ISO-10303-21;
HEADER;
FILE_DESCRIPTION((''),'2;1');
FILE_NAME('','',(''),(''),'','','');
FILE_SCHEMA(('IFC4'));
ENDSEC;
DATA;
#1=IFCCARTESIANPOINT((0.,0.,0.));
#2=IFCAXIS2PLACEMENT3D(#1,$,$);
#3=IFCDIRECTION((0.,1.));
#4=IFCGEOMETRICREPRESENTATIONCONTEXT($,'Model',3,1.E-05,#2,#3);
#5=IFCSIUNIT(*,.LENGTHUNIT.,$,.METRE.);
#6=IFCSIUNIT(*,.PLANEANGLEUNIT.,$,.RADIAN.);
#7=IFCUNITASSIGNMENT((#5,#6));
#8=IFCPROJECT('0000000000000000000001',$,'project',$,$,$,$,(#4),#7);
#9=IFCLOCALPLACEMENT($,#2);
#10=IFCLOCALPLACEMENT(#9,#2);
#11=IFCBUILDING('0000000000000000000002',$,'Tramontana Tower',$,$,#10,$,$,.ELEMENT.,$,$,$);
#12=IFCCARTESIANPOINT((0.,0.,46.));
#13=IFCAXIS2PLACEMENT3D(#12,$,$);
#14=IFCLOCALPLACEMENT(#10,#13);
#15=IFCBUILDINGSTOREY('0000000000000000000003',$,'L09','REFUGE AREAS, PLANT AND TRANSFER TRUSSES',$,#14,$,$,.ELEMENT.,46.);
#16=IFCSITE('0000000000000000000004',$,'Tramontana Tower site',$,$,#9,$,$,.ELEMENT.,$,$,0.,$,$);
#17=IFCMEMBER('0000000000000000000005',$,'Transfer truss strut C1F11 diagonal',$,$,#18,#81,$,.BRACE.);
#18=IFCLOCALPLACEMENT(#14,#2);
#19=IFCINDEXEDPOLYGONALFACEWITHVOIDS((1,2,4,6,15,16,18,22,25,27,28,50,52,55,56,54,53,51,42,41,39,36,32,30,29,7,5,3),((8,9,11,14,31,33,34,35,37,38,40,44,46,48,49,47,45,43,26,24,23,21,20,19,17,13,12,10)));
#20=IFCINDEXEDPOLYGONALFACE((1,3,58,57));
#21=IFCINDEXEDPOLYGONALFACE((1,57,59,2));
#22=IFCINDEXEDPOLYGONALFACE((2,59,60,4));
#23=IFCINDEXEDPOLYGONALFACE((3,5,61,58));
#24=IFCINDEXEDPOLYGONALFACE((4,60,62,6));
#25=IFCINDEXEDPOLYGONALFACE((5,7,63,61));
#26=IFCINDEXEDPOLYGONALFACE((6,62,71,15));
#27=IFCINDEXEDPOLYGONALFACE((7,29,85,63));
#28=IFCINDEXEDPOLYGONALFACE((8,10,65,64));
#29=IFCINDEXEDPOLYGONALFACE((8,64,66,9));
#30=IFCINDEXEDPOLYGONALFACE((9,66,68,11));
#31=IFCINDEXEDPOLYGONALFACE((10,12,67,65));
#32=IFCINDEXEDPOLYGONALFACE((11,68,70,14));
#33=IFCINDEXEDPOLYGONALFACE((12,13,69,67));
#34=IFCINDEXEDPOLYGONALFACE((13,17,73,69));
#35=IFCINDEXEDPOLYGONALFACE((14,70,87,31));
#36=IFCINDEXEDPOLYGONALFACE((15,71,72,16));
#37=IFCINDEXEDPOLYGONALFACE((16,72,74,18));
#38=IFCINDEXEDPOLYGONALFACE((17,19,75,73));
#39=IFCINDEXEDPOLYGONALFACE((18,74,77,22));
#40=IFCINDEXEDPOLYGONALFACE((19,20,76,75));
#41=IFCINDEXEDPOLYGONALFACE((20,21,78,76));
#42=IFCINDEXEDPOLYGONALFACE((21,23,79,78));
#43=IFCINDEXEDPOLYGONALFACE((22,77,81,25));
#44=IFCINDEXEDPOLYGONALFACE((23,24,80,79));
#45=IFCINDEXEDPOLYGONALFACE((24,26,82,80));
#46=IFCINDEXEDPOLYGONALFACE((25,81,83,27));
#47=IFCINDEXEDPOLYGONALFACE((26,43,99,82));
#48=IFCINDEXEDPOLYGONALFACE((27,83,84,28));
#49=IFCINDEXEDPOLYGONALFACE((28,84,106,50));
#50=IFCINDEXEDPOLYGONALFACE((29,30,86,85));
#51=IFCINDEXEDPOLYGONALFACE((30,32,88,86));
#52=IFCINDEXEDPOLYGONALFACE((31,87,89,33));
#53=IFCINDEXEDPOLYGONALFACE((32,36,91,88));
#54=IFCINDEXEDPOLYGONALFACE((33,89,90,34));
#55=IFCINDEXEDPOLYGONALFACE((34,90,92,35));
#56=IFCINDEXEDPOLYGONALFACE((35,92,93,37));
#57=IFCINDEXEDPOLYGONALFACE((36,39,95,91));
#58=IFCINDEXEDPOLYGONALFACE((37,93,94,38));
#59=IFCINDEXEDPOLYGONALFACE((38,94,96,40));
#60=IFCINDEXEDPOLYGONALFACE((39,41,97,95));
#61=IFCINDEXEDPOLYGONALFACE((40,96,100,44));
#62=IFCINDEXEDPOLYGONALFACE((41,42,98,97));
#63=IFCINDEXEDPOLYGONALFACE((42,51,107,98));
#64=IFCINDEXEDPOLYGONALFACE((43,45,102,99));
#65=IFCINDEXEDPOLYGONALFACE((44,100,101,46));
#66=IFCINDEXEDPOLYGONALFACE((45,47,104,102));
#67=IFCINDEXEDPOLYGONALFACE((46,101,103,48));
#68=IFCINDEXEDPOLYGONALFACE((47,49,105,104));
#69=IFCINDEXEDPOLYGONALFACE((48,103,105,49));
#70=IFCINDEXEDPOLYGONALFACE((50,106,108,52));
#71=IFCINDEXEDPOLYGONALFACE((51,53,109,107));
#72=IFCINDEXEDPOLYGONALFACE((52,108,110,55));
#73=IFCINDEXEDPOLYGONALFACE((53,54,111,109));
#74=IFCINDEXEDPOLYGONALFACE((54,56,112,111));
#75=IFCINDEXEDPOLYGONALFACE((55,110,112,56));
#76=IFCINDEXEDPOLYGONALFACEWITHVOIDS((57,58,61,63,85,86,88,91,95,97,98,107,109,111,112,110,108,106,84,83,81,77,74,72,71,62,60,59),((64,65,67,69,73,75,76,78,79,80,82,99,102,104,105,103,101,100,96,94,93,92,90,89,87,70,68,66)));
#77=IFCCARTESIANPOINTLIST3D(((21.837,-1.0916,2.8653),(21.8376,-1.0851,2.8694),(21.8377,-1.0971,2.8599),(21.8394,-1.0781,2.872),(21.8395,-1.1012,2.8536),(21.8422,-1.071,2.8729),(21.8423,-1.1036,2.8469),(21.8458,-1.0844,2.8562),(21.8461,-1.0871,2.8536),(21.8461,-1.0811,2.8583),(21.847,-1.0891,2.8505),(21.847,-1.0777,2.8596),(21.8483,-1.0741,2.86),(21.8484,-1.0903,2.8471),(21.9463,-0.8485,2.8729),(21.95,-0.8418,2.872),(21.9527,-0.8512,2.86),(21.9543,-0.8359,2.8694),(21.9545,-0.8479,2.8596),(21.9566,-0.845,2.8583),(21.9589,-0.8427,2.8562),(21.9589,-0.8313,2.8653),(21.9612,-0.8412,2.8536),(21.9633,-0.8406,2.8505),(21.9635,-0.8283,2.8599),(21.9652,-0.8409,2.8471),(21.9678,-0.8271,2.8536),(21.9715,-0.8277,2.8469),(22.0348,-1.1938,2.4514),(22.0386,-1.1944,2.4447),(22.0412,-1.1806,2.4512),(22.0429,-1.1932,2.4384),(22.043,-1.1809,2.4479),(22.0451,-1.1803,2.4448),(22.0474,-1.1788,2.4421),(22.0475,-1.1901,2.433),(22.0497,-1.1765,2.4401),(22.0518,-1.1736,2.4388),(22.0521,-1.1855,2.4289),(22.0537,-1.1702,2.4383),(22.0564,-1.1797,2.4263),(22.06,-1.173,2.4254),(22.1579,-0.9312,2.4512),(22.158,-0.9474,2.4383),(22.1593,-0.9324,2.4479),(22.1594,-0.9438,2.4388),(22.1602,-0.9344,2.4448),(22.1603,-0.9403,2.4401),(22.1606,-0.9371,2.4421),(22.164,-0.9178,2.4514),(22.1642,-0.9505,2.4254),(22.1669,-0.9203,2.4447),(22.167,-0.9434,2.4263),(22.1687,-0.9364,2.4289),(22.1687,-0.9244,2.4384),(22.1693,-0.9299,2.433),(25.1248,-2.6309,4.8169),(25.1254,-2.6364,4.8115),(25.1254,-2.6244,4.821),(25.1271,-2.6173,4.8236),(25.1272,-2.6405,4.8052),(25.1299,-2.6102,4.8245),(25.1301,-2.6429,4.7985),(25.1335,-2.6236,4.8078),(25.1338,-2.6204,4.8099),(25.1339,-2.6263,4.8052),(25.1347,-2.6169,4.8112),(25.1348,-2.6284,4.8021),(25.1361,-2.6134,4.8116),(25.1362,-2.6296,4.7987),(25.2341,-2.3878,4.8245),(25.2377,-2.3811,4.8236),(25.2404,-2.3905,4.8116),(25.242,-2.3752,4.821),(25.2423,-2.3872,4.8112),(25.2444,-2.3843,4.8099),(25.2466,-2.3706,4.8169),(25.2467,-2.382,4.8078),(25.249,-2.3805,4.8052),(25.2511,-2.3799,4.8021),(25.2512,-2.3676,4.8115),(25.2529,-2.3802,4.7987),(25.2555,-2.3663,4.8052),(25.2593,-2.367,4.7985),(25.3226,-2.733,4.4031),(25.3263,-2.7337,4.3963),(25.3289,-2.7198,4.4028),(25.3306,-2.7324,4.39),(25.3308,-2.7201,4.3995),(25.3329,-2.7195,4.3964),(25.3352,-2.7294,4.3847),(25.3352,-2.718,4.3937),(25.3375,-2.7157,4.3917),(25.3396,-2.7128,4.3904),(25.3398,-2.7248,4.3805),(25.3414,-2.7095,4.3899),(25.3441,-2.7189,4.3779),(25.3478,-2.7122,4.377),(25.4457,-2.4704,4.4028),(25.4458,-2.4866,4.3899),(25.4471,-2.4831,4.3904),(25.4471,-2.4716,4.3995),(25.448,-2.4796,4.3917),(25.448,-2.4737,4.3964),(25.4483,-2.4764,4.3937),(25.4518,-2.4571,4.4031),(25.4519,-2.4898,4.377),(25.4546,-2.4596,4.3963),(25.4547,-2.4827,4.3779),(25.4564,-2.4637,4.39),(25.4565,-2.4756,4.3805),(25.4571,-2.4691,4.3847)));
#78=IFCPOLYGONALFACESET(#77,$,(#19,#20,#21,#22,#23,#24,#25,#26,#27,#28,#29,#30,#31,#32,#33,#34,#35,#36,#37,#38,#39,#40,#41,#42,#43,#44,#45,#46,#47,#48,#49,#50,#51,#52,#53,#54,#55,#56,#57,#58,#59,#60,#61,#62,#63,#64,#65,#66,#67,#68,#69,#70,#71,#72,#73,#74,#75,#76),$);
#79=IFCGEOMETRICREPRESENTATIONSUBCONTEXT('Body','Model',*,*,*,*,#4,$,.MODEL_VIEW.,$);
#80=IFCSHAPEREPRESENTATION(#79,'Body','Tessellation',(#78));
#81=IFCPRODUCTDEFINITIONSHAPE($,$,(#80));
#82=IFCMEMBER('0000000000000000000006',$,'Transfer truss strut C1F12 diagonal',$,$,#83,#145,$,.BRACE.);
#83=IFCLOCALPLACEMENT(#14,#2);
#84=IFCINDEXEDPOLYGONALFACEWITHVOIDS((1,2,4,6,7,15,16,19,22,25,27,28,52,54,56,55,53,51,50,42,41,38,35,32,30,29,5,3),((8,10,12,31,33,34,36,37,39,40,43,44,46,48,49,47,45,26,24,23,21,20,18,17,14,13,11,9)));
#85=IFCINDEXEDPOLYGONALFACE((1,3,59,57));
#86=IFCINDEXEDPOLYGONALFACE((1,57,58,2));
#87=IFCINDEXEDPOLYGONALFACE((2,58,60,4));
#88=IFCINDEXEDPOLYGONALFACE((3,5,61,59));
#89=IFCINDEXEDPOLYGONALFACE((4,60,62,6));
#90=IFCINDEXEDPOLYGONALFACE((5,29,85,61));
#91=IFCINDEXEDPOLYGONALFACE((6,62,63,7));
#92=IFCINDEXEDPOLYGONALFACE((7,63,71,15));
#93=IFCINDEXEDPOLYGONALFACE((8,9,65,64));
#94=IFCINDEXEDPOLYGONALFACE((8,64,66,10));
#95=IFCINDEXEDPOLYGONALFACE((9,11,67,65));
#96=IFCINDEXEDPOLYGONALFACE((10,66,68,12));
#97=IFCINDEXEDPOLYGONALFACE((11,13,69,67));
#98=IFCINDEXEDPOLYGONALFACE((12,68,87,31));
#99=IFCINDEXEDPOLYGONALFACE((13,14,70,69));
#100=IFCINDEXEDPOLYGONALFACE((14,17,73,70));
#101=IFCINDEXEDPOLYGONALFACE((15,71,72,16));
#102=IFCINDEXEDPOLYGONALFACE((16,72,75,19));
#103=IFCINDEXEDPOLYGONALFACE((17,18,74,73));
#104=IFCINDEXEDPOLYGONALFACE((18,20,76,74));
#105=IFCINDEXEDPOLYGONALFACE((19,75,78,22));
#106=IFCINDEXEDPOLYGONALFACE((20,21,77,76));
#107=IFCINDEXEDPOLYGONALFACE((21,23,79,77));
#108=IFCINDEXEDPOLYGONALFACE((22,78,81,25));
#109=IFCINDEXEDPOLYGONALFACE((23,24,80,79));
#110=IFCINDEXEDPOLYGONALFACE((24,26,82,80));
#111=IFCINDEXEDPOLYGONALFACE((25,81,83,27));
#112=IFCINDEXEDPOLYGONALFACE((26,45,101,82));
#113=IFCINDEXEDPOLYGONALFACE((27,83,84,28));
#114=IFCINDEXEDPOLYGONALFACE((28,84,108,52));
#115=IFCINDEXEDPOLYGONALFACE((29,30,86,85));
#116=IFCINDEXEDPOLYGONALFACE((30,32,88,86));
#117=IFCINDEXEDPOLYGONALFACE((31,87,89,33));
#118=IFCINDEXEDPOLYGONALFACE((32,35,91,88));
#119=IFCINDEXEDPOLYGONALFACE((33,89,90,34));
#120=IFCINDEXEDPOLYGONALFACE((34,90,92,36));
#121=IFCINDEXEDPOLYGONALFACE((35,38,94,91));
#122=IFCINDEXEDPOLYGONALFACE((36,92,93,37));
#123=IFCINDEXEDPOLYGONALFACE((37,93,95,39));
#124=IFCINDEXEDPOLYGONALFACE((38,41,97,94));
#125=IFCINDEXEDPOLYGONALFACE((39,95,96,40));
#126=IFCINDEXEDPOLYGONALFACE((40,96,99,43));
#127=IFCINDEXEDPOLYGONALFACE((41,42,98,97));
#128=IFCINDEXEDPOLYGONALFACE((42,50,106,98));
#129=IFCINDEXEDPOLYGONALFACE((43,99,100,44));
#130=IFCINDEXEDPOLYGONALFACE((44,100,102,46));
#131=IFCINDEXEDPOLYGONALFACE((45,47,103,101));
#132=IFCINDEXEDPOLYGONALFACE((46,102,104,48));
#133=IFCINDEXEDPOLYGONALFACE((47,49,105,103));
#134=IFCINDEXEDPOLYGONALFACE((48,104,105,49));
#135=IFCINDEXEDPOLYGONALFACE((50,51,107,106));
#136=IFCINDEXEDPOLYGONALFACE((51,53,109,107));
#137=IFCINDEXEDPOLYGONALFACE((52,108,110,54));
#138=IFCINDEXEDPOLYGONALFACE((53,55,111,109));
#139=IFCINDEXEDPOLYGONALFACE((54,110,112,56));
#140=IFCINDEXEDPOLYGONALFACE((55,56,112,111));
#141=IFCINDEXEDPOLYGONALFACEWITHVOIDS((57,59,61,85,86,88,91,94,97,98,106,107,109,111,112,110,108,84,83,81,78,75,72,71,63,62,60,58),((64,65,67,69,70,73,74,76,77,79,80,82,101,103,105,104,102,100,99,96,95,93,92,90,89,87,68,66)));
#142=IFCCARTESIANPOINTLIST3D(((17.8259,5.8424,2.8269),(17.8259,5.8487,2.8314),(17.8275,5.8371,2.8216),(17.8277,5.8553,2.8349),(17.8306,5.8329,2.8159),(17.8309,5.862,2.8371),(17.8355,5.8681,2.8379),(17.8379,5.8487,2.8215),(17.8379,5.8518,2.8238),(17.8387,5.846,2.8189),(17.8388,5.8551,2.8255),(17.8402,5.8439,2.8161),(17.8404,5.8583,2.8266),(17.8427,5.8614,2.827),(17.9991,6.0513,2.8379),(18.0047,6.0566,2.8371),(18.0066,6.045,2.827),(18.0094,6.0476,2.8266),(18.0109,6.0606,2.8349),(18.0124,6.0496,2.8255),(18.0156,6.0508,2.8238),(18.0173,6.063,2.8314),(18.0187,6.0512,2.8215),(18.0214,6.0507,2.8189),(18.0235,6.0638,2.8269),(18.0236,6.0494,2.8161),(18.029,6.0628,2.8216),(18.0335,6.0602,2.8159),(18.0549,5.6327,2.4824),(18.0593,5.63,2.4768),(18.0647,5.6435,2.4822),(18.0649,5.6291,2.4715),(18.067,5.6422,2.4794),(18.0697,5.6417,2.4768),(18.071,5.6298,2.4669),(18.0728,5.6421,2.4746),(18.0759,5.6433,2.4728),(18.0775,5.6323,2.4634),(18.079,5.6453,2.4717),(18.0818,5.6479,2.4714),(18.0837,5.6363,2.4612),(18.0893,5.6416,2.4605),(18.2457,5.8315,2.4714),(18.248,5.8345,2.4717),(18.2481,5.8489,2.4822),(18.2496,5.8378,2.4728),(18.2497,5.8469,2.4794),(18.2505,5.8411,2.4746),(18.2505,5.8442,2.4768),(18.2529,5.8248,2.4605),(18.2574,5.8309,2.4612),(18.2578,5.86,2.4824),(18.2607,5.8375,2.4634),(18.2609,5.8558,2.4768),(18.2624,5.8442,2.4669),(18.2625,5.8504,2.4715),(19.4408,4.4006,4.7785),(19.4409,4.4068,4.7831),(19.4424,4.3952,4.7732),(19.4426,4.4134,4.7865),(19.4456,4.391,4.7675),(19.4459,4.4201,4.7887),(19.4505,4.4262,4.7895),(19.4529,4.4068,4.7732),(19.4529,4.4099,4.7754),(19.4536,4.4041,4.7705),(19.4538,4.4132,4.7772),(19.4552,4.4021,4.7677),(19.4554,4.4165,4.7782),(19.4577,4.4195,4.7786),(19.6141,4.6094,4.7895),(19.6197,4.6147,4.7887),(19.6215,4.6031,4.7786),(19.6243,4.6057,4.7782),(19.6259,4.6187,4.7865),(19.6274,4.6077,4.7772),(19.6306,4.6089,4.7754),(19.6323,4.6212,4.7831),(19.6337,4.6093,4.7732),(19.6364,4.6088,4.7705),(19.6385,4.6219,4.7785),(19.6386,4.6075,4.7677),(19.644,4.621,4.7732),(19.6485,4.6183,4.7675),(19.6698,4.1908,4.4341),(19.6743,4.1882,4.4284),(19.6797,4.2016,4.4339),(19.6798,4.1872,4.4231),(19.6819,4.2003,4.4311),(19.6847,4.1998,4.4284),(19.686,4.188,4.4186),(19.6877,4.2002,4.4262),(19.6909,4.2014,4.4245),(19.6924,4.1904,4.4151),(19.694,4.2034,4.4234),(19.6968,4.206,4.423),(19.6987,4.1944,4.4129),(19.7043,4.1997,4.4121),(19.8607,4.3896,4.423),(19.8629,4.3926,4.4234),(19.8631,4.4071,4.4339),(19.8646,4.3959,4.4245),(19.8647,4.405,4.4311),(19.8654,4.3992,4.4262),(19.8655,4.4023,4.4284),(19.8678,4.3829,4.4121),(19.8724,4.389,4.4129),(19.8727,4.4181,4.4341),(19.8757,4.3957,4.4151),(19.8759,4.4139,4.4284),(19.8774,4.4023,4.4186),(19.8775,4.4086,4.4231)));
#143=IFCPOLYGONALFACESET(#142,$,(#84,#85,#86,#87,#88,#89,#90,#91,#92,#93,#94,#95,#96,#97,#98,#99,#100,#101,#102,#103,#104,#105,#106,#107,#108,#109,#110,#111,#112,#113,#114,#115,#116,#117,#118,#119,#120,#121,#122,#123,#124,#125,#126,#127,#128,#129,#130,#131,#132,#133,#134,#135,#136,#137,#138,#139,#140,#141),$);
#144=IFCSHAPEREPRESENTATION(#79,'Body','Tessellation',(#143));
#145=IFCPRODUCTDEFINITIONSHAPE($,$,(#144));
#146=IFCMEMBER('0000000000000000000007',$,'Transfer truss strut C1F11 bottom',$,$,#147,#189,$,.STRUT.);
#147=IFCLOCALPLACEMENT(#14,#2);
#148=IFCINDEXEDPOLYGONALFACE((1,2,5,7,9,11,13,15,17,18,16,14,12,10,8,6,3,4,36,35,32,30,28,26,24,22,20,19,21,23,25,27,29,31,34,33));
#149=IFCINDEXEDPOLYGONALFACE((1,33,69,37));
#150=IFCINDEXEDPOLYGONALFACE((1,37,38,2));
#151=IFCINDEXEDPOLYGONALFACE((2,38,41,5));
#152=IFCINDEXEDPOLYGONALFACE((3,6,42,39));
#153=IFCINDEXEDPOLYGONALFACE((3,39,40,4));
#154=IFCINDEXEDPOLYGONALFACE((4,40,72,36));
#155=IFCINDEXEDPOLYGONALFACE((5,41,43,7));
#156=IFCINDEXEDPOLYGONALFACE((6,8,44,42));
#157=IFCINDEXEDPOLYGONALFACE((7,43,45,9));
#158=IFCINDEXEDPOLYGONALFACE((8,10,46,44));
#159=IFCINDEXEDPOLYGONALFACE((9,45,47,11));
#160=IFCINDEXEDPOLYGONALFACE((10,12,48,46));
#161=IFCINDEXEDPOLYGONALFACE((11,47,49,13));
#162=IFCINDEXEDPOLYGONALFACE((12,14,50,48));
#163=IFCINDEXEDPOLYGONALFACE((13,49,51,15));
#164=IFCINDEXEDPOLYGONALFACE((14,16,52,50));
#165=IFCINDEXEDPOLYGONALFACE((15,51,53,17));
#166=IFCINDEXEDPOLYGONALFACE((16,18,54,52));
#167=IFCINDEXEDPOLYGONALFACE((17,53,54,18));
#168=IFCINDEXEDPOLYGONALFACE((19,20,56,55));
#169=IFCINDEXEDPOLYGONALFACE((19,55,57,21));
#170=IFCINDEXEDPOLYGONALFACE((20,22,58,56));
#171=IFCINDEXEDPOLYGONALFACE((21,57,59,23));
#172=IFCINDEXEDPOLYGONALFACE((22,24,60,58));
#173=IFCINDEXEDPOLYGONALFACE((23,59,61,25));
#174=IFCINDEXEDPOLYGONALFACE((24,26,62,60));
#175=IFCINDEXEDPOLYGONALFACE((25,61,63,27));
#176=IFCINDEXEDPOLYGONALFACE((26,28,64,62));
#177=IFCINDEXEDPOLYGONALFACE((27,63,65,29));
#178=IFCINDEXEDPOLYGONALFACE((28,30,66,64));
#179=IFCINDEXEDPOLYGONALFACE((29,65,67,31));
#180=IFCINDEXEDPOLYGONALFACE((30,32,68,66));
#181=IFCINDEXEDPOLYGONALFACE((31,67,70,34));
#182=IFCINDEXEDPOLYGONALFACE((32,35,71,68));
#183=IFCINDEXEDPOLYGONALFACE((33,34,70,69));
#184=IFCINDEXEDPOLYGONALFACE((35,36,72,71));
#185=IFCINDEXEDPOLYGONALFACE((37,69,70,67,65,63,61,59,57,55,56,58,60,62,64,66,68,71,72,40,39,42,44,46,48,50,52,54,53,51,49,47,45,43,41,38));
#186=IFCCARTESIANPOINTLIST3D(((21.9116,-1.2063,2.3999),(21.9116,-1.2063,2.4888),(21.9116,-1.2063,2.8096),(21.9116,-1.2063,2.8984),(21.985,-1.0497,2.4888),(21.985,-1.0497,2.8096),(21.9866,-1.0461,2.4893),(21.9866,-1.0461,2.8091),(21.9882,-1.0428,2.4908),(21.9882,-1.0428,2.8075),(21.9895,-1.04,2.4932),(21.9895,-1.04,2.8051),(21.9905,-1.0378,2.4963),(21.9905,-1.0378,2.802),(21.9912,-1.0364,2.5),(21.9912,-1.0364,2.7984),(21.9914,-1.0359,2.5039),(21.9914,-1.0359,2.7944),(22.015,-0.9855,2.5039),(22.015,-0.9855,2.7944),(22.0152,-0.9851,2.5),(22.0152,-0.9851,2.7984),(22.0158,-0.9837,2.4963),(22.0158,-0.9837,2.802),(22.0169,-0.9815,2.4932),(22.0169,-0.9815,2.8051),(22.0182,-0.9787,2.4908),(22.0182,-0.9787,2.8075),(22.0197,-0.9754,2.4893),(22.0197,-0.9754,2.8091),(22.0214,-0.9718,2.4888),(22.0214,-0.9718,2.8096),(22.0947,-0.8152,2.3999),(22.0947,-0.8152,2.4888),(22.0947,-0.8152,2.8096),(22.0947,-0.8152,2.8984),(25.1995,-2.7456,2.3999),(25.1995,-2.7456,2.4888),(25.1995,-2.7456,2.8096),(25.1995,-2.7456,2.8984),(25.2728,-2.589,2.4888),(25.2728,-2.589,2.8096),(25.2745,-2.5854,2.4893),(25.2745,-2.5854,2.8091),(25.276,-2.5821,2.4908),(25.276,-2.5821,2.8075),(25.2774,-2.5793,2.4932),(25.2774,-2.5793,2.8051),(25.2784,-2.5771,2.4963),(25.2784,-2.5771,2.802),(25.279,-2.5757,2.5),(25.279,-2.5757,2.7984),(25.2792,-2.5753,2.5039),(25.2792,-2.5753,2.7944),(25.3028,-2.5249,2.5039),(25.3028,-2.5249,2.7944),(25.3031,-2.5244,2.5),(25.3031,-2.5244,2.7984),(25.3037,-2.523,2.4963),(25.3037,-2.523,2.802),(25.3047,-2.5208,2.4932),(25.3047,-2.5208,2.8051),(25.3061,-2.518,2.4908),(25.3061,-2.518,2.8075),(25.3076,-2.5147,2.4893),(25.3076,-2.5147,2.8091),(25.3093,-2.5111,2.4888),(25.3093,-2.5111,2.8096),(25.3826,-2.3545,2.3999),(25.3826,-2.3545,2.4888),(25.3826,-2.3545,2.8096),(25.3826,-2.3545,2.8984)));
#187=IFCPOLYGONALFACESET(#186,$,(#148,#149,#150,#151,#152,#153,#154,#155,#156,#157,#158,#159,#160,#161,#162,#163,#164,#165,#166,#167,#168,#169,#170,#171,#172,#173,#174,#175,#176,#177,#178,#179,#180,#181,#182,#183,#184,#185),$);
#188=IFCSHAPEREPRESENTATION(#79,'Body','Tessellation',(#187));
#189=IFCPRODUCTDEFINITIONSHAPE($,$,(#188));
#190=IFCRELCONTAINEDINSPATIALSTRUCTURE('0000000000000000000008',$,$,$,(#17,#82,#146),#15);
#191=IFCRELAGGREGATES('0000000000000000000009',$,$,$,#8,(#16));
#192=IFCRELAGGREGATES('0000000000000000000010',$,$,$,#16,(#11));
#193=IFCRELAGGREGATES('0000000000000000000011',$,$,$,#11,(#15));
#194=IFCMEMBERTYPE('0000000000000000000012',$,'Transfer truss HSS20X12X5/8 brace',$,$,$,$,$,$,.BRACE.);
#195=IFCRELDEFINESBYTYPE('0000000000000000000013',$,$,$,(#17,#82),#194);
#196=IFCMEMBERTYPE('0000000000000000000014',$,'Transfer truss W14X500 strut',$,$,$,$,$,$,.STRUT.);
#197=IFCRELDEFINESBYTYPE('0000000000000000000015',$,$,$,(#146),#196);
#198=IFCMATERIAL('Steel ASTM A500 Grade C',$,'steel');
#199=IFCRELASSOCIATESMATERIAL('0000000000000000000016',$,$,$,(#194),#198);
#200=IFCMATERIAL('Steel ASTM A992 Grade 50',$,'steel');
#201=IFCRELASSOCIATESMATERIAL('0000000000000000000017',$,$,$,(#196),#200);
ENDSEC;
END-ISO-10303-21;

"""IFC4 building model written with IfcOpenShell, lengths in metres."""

from ifc_helpers import new_model, si_unit, direction, frame, origin, origin_2d, place, context, subcontext, project, spatial, hollow_rectangle, i_section, extrude, material, material_profile, profile_set, type_object, element, save


model = new_model("IFC4")

# Units and contexts
model_context = context("Model", 3, precision=1e-05, world=origin(), true_north=direction((0.0, 1.0)))
body_context = subcontext(model_context, "Body", "Model", "MODEL_VIEW")
ifc_project = project(units=[si_unit("LENGTHUNIT", "METRE"), si_unit("PLANEANGLEUNIT", "RADIAN")], contexts=[model_context])

# Site, building, storey
site_placement = place(None, origin())
site = spatial("IfcSite", under=ifc_project, at=site_placement, Name="Tramontana Tower site", CompositionType="ELEMENT", RefElevation=0.0)
building_placement = place(site_placement, origin())
building = spatial("IfcBuilding", under=site, at=building_placement, Name="Tramontana Tower", CompositionType="ELEMENT")
storey_placement = place(building_placement, frame((0.0, 0.0, 46.0)))
storey = spatial("IfcBuildingStorey", under=building, at=storey_placement, Name="L09", Description="REFUGE AREAS, PLANT AND TRANSFER TRUSSES", CompositionType="ELEMENT", Elevation=46.0)

# Members
ifc_material_1 = material(Name="Steel ASTM A500 Grade C", Category="steel")
ifc_material_profile_1 = material_profile(ifc_material_1, hollow_rectangle(XDim=0.3047, YDim=0.5081, WallThickness=0.0146, InnerFilletRadius=0.0146, OuterFilletRadius=0.0295, at=origin_2d()), Name="HSS20X12X5/8")
ifc_profile_set_1 = profile_set([ifc_material_profile_1], Name="Steel ASTM A500 Grade C")
member_type_1 = type_object("IfcMemberType", Name="Transfer truss HSS20X12X5/8 brace", PredefinedType="BRACE", material=ifc_profile_set_1)
member_1_placement = place(storey_placement, frame((22.0032, -1.0107, 2.6492), z_axis=(0.797692, -0.373465, 0.473509), x_axis=(0.424012, 0.905657, 0.0)))
element("IfcMember", 1, at=member_1_placement, inside=storey, type_object=member_type_1, Name="Transfer truss strut C1F11 diagonal", PredefinedType="BRACE", context=body_context, shape_type="SweptSolid", body=[
    extrude(hollow_rectangle(XDim=0.3047, YDim=0.5081, WallThickness=0.0146, InnerFilletRadius=0.0146, OuterFilletRadius=0.0295, at=origin_2d()), origin(), (0.0, 0.0, 1.0), 4.1216),
])
member_2_placement = place(storey_placement, frame((18.0442, 5.8464, 2.6492), z_axis=(0.55406, -0.494675, 0.669562), x_axis=(0.666, 0.745952, 0.0)))
element("IfcMember", 2, at=member_2_placement, inside=storey, type_object=member_type_1, Name="Transfer truss strut C1F12 diagonal", PredefinedType="BRACE", context=body_context, shape_type="SweptSolid", body=[
    extrude(hollow_rectangle(XDim=0.3047, YDim=0.5081, WallThickness=0.0146, InnerFilletRadius=0.0146, OuterFilletRadius=0.0295, at=origin_2d()), origin(), (0.0, 0.0, 1.0), 2.9148),
])
ifc_material_2 = material(Name="Steel ASTM A992 Grade 50", Category="steel")
ifc_material_profile_2 = material_profile(ifc_material_2, i_section(OverallWidth=0.4319, OverallDepth=0.4985, WebThickness=0.0557, FlangeThickness=0.0889, FilletRadius=0.0151, at=origin_2d()), Name="W14X500")
ifc_profile_set_2 = profile_set([ifc_material_profile_2], Name="Steel ASTM A992 Grade 50")
member_type_2 = type_object("IfcMemberType", Name="Transfer truss W14X500 strut", PredefinedType="STRUT", material=ifc_profile_set_2)
member_3_placement = place(storey_placement, frame((22.0032, -1.0107, 2.6492), z_axis=(0.905657, -0.424012, 0.0), x_axis=(0.424012, 0.905657, 0.0)))
element("IfcMember", 3, at=member_3_placement, inside=storey, type_object=member_type_2, Name="Transfer truss strut C1F11 bottom", PredefinedType="STRUT", context=body_context, shape_type="SweptSolid", body=[
    extrude(i_section(OverallWidth=0.4319, OverallDepth=0.4985, WebThickness=0.0557, FlangeThickness=0.0889, FilletRadius=0.0151, at=origin_2d()), origin(), (0.0, 0.0, 1.0), 3.6304),
])

save(model, "model.ifc")
